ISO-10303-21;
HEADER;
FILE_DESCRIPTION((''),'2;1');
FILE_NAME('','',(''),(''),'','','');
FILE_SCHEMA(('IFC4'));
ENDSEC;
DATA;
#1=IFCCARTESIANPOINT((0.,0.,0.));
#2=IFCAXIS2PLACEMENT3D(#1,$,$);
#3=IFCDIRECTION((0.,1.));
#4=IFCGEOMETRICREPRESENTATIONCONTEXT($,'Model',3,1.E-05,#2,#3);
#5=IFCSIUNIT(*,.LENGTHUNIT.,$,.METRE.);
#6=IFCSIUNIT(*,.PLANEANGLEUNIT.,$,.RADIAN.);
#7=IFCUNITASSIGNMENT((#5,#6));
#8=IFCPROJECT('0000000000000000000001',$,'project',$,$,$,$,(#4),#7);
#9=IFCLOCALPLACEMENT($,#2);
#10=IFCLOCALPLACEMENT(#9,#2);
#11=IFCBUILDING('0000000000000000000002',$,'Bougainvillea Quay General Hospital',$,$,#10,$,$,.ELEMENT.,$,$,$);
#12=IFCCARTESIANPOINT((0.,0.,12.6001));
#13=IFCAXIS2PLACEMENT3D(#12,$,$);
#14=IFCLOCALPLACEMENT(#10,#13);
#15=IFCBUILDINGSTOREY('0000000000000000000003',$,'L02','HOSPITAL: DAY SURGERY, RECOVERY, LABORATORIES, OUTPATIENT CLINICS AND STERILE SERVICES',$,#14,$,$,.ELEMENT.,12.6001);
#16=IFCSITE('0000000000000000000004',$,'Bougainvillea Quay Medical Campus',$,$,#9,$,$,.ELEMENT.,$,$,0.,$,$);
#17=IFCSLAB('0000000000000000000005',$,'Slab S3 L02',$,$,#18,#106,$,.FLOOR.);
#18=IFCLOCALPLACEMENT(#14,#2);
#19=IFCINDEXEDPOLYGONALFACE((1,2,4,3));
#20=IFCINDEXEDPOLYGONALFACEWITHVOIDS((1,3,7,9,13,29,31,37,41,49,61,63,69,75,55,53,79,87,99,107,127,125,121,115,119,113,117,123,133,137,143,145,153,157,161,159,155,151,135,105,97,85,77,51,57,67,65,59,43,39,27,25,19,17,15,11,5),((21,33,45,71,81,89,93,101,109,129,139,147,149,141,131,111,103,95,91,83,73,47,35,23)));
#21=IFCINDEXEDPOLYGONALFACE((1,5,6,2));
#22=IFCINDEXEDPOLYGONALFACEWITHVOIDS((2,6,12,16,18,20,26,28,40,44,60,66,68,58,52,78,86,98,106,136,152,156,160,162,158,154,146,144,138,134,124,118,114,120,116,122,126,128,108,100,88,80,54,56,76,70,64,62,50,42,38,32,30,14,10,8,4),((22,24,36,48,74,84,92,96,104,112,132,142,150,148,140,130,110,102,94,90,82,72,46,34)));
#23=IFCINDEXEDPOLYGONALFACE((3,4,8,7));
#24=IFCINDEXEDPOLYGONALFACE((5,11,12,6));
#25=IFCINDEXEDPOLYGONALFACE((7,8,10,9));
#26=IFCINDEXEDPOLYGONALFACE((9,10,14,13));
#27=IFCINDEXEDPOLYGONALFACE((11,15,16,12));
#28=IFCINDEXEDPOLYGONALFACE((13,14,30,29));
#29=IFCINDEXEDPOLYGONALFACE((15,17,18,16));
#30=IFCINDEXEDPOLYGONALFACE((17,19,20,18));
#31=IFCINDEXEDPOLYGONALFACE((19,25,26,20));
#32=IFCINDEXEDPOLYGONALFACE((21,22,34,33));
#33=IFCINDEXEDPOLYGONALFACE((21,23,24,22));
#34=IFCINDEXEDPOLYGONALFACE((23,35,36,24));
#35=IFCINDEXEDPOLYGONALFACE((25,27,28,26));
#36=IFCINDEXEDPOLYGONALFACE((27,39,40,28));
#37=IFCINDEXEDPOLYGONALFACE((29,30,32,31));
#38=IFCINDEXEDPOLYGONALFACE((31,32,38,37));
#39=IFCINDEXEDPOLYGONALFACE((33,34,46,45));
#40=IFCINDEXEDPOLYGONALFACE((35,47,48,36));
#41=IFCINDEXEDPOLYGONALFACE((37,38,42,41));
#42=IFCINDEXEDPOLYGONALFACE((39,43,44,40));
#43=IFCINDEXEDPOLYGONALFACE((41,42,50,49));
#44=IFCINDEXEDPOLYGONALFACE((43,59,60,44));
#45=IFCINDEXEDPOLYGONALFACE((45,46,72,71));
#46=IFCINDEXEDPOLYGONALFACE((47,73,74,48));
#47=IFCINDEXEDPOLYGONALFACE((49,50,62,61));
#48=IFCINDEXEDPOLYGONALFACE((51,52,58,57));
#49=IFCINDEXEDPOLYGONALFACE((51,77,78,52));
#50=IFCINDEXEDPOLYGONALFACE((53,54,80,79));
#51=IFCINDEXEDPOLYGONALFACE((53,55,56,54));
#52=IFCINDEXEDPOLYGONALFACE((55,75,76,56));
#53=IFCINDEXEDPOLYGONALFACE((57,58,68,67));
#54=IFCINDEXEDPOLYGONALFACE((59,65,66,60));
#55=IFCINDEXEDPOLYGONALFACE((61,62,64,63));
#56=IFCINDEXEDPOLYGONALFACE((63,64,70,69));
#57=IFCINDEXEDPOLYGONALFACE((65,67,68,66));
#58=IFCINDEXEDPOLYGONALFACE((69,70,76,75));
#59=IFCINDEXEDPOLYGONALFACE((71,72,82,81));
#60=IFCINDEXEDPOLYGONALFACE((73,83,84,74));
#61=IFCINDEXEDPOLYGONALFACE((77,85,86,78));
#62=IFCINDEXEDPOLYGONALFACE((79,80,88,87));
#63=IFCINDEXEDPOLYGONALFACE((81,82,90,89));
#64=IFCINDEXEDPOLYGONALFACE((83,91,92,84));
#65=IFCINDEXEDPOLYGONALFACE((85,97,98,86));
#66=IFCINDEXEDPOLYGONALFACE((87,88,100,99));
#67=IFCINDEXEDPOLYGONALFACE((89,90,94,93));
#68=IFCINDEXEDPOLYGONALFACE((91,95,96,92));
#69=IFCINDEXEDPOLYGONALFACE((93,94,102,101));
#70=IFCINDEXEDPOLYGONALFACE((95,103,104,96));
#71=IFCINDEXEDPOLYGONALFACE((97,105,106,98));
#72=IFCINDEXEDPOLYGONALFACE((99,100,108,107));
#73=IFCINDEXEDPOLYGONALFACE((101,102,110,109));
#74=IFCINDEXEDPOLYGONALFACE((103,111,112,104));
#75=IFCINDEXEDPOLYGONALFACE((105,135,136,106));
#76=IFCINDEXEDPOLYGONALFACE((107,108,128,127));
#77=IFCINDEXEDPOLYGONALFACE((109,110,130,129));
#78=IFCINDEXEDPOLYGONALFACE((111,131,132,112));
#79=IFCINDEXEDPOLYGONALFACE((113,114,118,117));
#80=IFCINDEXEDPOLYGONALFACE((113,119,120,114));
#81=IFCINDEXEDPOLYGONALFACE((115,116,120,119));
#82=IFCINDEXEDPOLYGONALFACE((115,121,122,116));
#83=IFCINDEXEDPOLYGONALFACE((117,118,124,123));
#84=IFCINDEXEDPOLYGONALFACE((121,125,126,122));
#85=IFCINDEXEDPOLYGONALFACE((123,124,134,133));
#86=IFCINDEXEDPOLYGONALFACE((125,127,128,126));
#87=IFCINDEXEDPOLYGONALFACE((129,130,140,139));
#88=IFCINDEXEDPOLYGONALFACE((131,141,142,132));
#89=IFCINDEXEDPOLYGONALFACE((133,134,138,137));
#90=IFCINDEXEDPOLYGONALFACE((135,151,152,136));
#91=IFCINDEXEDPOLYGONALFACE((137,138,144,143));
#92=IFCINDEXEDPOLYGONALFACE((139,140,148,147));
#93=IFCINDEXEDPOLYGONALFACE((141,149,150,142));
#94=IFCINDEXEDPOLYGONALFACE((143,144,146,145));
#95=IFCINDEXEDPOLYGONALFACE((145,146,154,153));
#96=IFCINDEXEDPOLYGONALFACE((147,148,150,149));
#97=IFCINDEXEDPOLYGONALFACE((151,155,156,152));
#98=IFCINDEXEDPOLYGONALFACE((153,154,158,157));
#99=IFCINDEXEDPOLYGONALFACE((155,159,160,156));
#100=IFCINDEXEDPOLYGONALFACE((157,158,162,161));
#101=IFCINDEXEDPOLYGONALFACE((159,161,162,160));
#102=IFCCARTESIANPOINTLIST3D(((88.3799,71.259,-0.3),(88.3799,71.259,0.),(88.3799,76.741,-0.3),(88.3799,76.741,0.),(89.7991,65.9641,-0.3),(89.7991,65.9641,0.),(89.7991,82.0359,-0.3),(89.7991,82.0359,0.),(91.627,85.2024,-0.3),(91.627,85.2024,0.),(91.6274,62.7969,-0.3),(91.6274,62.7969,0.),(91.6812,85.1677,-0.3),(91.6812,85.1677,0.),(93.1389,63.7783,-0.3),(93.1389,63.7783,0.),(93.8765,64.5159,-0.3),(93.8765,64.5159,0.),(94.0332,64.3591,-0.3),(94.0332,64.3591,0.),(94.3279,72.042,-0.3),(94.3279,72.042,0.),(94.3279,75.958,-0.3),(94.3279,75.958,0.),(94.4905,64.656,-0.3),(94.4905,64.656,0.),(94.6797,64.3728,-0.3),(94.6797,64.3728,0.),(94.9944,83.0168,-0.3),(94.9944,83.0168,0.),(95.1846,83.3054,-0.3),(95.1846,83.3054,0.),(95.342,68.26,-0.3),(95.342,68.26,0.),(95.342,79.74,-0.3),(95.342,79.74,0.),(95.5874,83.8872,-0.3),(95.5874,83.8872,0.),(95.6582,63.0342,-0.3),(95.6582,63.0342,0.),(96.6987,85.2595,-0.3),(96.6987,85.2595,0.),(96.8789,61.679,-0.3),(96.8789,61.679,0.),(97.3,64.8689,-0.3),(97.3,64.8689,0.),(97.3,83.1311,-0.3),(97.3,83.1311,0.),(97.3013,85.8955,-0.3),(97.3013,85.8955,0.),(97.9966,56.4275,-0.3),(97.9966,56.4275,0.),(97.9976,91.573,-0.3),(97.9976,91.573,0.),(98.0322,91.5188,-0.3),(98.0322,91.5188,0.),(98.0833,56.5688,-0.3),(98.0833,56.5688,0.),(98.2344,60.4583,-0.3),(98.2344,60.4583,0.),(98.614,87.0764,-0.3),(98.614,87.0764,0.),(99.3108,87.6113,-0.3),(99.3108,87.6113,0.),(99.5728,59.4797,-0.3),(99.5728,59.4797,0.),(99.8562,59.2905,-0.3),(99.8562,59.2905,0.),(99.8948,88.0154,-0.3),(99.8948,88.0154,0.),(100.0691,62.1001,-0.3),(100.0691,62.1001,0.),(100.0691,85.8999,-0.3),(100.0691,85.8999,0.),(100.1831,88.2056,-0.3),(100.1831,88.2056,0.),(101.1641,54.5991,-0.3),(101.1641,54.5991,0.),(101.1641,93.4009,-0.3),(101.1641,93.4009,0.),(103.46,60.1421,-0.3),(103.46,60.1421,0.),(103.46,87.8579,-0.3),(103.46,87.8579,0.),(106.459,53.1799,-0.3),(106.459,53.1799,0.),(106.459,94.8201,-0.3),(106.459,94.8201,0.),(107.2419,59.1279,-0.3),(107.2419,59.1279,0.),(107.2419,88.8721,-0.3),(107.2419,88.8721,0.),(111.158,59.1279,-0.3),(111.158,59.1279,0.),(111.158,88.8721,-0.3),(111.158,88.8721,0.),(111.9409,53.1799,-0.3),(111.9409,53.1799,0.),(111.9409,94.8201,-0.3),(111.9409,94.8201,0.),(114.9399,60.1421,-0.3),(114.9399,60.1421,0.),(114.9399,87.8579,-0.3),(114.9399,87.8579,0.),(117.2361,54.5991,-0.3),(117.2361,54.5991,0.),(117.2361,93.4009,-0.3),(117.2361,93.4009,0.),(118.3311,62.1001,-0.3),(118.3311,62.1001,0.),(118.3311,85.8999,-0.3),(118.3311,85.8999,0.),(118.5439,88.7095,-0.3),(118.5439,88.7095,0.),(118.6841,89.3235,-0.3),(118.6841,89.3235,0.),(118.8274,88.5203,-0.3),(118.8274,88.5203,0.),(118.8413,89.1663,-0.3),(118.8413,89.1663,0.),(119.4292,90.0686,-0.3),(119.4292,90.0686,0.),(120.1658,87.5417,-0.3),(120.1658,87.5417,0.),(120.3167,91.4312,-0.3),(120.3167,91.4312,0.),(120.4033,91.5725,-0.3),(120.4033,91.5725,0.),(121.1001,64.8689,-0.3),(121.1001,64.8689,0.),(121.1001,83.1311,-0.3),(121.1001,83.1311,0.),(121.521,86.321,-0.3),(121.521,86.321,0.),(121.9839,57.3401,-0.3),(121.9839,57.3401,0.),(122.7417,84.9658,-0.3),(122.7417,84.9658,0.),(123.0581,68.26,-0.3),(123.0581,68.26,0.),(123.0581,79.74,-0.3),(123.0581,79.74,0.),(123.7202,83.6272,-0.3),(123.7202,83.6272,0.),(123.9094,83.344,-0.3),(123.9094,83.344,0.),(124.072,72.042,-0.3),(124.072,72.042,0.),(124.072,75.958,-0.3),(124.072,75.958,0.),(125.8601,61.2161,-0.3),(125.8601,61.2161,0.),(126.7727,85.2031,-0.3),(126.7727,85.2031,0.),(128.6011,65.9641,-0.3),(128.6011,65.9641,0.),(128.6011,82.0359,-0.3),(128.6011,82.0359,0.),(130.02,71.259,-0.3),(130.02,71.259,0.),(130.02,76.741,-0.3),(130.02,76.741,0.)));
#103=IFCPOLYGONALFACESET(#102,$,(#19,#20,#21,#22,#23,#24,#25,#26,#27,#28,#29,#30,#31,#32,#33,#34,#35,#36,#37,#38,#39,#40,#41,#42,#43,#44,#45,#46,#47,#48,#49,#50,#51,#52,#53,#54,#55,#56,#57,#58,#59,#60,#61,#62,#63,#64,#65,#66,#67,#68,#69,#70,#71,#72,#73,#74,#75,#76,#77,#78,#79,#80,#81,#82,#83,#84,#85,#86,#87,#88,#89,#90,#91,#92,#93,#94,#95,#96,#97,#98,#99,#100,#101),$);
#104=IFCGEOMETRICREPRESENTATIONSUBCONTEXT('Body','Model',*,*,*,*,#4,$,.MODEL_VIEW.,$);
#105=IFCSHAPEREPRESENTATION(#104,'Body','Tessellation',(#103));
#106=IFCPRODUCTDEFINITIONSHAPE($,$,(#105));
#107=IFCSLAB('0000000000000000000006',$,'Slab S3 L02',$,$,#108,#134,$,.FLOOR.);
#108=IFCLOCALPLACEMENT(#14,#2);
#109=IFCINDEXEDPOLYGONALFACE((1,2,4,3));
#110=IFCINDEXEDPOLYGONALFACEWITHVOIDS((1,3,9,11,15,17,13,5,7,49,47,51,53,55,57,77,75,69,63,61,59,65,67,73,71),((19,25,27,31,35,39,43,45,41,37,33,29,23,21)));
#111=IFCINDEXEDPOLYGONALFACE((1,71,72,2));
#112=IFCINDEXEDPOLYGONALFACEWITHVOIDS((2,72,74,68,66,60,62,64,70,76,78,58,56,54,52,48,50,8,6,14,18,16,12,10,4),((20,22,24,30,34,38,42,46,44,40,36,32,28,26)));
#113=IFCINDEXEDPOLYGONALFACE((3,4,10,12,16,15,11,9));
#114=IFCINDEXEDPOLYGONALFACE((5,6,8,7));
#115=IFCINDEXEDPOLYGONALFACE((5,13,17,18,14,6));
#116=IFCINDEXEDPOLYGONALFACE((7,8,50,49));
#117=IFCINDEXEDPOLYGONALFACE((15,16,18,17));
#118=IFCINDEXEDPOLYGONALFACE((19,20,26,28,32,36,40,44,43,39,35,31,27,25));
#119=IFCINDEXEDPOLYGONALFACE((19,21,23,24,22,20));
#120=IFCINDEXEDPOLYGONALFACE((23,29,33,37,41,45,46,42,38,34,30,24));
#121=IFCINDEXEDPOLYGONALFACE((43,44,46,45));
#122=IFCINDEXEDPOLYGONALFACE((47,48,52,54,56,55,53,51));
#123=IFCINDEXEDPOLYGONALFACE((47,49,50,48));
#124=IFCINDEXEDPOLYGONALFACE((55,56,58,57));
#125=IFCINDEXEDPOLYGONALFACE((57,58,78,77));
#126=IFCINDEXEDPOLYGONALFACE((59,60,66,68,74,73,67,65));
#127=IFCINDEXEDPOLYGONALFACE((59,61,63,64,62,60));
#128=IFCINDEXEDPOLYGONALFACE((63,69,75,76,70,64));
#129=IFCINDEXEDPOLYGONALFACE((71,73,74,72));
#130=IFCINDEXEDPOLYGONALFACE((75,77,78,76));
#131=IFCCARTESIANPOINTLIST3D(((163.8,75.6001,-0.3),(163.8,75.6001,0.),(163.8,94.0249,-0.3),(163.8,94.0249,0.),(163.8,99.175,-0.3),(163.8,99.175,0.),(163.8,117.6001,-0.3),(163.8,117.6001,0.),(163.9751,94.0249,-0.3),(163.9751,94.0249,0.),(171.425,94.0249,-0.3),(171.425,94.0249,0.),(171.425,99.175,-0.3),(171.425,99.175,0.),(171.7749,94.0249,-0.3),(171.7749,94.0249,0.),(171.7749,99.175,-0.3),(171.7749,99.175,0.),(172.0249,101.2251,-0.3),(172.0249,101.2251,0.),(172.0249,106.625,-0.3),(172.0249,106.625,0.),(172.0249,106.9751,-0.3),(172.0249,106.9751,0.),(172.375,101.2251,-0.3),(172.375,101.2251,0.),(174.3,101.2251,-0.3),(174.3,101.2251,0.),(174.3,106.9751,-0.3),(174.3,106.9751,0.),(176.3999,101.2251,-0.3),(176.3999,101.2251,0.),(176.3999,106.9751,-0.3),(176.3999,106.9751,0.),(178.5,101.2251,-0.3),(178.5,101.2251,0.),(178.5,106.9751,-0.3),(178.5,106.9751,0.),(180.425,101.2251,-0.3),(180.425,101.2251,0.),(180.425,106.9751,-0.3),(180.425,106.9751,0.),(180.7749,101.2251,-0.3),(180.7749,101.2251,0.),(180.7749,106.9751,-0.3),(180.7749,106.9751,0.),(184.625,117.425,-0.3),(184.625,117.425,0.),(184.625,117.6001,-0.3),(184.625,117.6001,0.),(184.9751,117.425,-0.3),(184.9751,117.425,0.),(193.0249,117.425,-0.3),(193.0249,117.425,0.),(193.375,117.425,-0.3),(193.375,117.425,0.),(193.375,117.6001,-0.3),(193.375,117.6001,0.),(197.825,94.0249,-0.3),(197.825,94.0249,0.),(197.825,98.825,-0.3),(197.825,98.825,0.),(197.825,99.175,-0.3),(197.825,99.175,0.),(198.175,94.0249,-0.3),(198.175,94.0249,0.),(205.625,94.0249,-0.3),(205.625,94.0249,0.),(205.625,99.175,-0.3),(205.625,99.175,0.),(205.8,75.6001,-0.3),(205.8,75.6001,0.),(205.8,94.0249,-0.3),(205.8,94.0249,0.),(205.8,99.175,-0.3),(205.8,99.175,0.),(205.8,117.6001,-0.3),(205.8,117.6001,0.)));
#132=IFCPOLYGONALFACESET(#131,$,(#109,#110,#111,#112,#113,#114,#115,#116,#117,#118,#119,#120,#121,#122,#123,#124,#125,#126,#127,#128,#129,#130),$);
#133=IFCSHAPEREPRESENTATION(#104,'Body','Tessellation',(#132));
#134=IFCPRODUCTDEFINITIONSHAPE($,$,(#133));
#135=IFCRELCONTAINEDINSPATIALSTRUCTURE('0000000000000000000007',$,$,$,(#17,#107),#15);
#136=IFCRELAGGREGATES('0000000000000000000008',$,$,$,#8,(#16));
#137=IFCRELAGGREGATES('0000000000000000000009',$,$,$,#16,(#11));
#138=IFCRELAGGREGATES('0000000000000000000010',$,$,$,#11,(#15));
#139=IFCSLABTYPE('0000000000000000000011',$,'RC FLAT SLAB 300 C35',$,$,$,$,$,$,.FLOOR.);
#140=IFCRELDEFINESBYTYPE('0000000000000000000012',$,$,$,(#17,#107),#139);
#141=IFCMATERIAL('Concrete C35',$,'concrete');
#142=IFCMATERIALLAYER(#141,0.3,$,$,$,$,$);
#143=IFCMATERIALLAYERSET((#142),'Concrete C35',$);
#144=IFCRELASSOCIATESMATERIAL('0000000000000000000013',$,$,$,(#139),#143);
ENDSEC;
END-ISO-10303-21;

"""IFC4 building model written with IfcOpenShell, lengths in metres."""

from ifc_helpers import new_model, si_unit, direction, frame, origin, place, context, subcontext, project, spatial, polyline, outline, extrude, material, layer, layer_set, type_object, element, save


model = new_model("IFC4")

# Units and contexts
model_context = context("Model", 3, precision=1e-05, world=origin(), true_north=direction((0.0, 1.0)))
body_context = subcontext(model_context, "Body", "Model", "MODEL_VIEW")
ifc_project = project(units=[si_unit("LENGTHUNIT", "METRE"), si_unit("PLANEANGLEUNIT", "RADIAN")], contexts=[model_context])

# Site, building, storey
site_placement = place(None, origin())
site = spatial("IfcSite", under=ifc_project, at=site_placement, Name="Bougainvillea Quay Medical Campus", CompositionType="ELEMENT", RefElevation=0.0)
building_placement = place(site_placement, origin())
building = spatial("IfcBuilding", under=site, at=building_placement, Name="Bougainvillea Quay General Hospital", CompositionType="ELEMENT")
storey_placement = place(building_placement, frame((0.0, 0.0, 12.6001)))
storey = spatial("IfcBuildingStorey", under=building, at=storey_placement, Name="L02", Description="HOSPITAL: DAY SURGERY, RECOVERY, LABORATORIES, OUTPATIENT CLINICS AND STERILE SERVICES", CompositionType="ELEMENT", Elevation=12.6001)

# Slabs
ifc_material_1 = material(Name="Concrete C35", Category="concrete")
ifc_layer_1 = layer(ifc_material_1, 0.3)
ifc_layer_set_1 = layer_set([ifc_layer_1], Name="Concrete C35")
slab_type_1 = type_object("IfcSlabType", Name="RC FLAT SLAB 300 C35", PredefinedType="FLOOR", material=ifc_layer_set_1)
slab_1_placement = place(storey_placement, frame((0.0, 0.0, -0.3)))
element("IfcSlab", 1, at=slab_1_placement, inside=storey, type_object=slab_type_1, Name="Slab S3 L02", PredefinedType="FLOOR", context=body_context, shape_type="SweptSolid", body=[
    extrude(outline(polyline([(97.3013, 85.8955), (98.614, 87.0764), (99.3108, 87.6113), (99.8948, 88.0154), (100.1831, 88.2056), (98.0322, 91.5188), (97.9976, 91.573), (101.1641, 93.4009), (106.459, 94.8201), (111.9409, 94.8201), (117.2361, 93.4009), (120.4033, 91.5725), (120.3167, 91.4312), (119.4292, 90.0686), (118.6841, 89.3235), (118.8413, 89.1663), (118.5439, 88.7095), (118.8274, 88.5203), (120.1658, 87.5417), (121.521, 86.321), (122.7417, 84.9658), (123.7202, 83.6272), (123.9094, 83.344), (126.7727, 85.2031), (128.6011, 82.0359), (130.02, 76.741), (130.02, 71.259), (128.6011, 65.9641), (125.8601, 61.2161), (121.9839, 57.3401), (117.2361, 54.5991), (111.9409, 53.1799), (106.459, 53.1799), (101.1641, 54.5991), (97.9966, 56.4275), (98.0833, 56.5688), (99.8562, 59.2905), (99.5728, 59.4797), (98.2344, 60.4583), (96.8789, 61.679), (95.6582, 63.0342), (94.6797, 64.3728), (94.4905, 64.656), (94.0332, 64.3591), (93.8765, 64.5159), (93.1389, 63.7783), (91.6274, 62.7969), (89.7991, 65.9641), (88.3799, 71.259), (88.3799, 76.741), (89.7991, 82.0359), (91.627, 85.2024), (91.6812, 85.1677), (94.9944, 83.0168), (95.1846, 83.3054), (95.5874, 83.8872), (96.6987, 85.2595), (97.3013, 85.8955)]), holes=[polyline([(100.0691, 85.8999), (97.3, 83.1311), (95.342, 79.74), (94.3279, 75.958), (94.3279, 72.042), (95.342, 68.26), (97.3, 64.8689), (100.0691, 62.1001), (103.46, 60.1421), (107.2419, 59.1279), (111.158, 59.1279), (114.9399, 60.1421), (118.3311, 62.1001), (121.1001, 64.8689), (123.0581, 68.26), (124.072, 72.042), (124.072, 75.958), (123.0581, 79.74), (121.1001, 83.1311), (118.3311, 85.8999), (114.9399, 87.8579), (111.158, 88.8721), (107.2419, 88.8721), (103.46, 87.8579), (100.0691, 85.8999)])]), origin(), (0.0, 0.0, 1.0), 0.3),
])
slab_2_placement = place(storey_placement, frame((0.0, 0.0, -0.3)))
element("IfcSlab", 2, at=slab_2_placement, inside=storey, type_object=slab_type_1, Name="Slab S3 L02", PredefinedType="FLOOR", context=body_context, shape_type="SweptSolid", body=[
    extrude(outline(polyline([(184.625, 117.6001), (163.8, 117.6001), (163.8, 99.175), (171.425, 99.175), (171.7749, 99.175), (171.7749, 94.0249), (171.425, 94.0249), (163.9751, 94.0249), (163.8, 94.0249), (163.8, 75.6001), (205.8, 75.6001), (205.8, 94.0249), (205.625, 94.0249), (198.175, 94.0249), (197.825, 94.0249), (197.825, 98.825), (197.825, 99.175), (205.625, 99.175), (205.8, 99.175), (205.8, 117.6001), (193.375, 117.6001), (193.375, 117.425), (193.0249, 117.425), (184.9751, 117.425), (184.625, 117.425), (184.625, 117.6001)]), holes=[polyline([(176.3999, 101.2251), (174.3, 101.2251), (172.375, 101.2251), (172.0249, 101.2251), (172.0249, 106.625), (172.0249, 106.9751), (174.3, 106.9751), (176.3999, 106.9751), (178.5, 106.9751), (180.425, 106.9751), (180.7749, 106.9751), (180.7749, 101.2251), (180.425, 101.2251), (178.5, 101.2251), (176.3999, 101.2251)])]), origin(), (0.0, 0.0, 1.0), 0.3),
])

save(model, "model.ifc")
